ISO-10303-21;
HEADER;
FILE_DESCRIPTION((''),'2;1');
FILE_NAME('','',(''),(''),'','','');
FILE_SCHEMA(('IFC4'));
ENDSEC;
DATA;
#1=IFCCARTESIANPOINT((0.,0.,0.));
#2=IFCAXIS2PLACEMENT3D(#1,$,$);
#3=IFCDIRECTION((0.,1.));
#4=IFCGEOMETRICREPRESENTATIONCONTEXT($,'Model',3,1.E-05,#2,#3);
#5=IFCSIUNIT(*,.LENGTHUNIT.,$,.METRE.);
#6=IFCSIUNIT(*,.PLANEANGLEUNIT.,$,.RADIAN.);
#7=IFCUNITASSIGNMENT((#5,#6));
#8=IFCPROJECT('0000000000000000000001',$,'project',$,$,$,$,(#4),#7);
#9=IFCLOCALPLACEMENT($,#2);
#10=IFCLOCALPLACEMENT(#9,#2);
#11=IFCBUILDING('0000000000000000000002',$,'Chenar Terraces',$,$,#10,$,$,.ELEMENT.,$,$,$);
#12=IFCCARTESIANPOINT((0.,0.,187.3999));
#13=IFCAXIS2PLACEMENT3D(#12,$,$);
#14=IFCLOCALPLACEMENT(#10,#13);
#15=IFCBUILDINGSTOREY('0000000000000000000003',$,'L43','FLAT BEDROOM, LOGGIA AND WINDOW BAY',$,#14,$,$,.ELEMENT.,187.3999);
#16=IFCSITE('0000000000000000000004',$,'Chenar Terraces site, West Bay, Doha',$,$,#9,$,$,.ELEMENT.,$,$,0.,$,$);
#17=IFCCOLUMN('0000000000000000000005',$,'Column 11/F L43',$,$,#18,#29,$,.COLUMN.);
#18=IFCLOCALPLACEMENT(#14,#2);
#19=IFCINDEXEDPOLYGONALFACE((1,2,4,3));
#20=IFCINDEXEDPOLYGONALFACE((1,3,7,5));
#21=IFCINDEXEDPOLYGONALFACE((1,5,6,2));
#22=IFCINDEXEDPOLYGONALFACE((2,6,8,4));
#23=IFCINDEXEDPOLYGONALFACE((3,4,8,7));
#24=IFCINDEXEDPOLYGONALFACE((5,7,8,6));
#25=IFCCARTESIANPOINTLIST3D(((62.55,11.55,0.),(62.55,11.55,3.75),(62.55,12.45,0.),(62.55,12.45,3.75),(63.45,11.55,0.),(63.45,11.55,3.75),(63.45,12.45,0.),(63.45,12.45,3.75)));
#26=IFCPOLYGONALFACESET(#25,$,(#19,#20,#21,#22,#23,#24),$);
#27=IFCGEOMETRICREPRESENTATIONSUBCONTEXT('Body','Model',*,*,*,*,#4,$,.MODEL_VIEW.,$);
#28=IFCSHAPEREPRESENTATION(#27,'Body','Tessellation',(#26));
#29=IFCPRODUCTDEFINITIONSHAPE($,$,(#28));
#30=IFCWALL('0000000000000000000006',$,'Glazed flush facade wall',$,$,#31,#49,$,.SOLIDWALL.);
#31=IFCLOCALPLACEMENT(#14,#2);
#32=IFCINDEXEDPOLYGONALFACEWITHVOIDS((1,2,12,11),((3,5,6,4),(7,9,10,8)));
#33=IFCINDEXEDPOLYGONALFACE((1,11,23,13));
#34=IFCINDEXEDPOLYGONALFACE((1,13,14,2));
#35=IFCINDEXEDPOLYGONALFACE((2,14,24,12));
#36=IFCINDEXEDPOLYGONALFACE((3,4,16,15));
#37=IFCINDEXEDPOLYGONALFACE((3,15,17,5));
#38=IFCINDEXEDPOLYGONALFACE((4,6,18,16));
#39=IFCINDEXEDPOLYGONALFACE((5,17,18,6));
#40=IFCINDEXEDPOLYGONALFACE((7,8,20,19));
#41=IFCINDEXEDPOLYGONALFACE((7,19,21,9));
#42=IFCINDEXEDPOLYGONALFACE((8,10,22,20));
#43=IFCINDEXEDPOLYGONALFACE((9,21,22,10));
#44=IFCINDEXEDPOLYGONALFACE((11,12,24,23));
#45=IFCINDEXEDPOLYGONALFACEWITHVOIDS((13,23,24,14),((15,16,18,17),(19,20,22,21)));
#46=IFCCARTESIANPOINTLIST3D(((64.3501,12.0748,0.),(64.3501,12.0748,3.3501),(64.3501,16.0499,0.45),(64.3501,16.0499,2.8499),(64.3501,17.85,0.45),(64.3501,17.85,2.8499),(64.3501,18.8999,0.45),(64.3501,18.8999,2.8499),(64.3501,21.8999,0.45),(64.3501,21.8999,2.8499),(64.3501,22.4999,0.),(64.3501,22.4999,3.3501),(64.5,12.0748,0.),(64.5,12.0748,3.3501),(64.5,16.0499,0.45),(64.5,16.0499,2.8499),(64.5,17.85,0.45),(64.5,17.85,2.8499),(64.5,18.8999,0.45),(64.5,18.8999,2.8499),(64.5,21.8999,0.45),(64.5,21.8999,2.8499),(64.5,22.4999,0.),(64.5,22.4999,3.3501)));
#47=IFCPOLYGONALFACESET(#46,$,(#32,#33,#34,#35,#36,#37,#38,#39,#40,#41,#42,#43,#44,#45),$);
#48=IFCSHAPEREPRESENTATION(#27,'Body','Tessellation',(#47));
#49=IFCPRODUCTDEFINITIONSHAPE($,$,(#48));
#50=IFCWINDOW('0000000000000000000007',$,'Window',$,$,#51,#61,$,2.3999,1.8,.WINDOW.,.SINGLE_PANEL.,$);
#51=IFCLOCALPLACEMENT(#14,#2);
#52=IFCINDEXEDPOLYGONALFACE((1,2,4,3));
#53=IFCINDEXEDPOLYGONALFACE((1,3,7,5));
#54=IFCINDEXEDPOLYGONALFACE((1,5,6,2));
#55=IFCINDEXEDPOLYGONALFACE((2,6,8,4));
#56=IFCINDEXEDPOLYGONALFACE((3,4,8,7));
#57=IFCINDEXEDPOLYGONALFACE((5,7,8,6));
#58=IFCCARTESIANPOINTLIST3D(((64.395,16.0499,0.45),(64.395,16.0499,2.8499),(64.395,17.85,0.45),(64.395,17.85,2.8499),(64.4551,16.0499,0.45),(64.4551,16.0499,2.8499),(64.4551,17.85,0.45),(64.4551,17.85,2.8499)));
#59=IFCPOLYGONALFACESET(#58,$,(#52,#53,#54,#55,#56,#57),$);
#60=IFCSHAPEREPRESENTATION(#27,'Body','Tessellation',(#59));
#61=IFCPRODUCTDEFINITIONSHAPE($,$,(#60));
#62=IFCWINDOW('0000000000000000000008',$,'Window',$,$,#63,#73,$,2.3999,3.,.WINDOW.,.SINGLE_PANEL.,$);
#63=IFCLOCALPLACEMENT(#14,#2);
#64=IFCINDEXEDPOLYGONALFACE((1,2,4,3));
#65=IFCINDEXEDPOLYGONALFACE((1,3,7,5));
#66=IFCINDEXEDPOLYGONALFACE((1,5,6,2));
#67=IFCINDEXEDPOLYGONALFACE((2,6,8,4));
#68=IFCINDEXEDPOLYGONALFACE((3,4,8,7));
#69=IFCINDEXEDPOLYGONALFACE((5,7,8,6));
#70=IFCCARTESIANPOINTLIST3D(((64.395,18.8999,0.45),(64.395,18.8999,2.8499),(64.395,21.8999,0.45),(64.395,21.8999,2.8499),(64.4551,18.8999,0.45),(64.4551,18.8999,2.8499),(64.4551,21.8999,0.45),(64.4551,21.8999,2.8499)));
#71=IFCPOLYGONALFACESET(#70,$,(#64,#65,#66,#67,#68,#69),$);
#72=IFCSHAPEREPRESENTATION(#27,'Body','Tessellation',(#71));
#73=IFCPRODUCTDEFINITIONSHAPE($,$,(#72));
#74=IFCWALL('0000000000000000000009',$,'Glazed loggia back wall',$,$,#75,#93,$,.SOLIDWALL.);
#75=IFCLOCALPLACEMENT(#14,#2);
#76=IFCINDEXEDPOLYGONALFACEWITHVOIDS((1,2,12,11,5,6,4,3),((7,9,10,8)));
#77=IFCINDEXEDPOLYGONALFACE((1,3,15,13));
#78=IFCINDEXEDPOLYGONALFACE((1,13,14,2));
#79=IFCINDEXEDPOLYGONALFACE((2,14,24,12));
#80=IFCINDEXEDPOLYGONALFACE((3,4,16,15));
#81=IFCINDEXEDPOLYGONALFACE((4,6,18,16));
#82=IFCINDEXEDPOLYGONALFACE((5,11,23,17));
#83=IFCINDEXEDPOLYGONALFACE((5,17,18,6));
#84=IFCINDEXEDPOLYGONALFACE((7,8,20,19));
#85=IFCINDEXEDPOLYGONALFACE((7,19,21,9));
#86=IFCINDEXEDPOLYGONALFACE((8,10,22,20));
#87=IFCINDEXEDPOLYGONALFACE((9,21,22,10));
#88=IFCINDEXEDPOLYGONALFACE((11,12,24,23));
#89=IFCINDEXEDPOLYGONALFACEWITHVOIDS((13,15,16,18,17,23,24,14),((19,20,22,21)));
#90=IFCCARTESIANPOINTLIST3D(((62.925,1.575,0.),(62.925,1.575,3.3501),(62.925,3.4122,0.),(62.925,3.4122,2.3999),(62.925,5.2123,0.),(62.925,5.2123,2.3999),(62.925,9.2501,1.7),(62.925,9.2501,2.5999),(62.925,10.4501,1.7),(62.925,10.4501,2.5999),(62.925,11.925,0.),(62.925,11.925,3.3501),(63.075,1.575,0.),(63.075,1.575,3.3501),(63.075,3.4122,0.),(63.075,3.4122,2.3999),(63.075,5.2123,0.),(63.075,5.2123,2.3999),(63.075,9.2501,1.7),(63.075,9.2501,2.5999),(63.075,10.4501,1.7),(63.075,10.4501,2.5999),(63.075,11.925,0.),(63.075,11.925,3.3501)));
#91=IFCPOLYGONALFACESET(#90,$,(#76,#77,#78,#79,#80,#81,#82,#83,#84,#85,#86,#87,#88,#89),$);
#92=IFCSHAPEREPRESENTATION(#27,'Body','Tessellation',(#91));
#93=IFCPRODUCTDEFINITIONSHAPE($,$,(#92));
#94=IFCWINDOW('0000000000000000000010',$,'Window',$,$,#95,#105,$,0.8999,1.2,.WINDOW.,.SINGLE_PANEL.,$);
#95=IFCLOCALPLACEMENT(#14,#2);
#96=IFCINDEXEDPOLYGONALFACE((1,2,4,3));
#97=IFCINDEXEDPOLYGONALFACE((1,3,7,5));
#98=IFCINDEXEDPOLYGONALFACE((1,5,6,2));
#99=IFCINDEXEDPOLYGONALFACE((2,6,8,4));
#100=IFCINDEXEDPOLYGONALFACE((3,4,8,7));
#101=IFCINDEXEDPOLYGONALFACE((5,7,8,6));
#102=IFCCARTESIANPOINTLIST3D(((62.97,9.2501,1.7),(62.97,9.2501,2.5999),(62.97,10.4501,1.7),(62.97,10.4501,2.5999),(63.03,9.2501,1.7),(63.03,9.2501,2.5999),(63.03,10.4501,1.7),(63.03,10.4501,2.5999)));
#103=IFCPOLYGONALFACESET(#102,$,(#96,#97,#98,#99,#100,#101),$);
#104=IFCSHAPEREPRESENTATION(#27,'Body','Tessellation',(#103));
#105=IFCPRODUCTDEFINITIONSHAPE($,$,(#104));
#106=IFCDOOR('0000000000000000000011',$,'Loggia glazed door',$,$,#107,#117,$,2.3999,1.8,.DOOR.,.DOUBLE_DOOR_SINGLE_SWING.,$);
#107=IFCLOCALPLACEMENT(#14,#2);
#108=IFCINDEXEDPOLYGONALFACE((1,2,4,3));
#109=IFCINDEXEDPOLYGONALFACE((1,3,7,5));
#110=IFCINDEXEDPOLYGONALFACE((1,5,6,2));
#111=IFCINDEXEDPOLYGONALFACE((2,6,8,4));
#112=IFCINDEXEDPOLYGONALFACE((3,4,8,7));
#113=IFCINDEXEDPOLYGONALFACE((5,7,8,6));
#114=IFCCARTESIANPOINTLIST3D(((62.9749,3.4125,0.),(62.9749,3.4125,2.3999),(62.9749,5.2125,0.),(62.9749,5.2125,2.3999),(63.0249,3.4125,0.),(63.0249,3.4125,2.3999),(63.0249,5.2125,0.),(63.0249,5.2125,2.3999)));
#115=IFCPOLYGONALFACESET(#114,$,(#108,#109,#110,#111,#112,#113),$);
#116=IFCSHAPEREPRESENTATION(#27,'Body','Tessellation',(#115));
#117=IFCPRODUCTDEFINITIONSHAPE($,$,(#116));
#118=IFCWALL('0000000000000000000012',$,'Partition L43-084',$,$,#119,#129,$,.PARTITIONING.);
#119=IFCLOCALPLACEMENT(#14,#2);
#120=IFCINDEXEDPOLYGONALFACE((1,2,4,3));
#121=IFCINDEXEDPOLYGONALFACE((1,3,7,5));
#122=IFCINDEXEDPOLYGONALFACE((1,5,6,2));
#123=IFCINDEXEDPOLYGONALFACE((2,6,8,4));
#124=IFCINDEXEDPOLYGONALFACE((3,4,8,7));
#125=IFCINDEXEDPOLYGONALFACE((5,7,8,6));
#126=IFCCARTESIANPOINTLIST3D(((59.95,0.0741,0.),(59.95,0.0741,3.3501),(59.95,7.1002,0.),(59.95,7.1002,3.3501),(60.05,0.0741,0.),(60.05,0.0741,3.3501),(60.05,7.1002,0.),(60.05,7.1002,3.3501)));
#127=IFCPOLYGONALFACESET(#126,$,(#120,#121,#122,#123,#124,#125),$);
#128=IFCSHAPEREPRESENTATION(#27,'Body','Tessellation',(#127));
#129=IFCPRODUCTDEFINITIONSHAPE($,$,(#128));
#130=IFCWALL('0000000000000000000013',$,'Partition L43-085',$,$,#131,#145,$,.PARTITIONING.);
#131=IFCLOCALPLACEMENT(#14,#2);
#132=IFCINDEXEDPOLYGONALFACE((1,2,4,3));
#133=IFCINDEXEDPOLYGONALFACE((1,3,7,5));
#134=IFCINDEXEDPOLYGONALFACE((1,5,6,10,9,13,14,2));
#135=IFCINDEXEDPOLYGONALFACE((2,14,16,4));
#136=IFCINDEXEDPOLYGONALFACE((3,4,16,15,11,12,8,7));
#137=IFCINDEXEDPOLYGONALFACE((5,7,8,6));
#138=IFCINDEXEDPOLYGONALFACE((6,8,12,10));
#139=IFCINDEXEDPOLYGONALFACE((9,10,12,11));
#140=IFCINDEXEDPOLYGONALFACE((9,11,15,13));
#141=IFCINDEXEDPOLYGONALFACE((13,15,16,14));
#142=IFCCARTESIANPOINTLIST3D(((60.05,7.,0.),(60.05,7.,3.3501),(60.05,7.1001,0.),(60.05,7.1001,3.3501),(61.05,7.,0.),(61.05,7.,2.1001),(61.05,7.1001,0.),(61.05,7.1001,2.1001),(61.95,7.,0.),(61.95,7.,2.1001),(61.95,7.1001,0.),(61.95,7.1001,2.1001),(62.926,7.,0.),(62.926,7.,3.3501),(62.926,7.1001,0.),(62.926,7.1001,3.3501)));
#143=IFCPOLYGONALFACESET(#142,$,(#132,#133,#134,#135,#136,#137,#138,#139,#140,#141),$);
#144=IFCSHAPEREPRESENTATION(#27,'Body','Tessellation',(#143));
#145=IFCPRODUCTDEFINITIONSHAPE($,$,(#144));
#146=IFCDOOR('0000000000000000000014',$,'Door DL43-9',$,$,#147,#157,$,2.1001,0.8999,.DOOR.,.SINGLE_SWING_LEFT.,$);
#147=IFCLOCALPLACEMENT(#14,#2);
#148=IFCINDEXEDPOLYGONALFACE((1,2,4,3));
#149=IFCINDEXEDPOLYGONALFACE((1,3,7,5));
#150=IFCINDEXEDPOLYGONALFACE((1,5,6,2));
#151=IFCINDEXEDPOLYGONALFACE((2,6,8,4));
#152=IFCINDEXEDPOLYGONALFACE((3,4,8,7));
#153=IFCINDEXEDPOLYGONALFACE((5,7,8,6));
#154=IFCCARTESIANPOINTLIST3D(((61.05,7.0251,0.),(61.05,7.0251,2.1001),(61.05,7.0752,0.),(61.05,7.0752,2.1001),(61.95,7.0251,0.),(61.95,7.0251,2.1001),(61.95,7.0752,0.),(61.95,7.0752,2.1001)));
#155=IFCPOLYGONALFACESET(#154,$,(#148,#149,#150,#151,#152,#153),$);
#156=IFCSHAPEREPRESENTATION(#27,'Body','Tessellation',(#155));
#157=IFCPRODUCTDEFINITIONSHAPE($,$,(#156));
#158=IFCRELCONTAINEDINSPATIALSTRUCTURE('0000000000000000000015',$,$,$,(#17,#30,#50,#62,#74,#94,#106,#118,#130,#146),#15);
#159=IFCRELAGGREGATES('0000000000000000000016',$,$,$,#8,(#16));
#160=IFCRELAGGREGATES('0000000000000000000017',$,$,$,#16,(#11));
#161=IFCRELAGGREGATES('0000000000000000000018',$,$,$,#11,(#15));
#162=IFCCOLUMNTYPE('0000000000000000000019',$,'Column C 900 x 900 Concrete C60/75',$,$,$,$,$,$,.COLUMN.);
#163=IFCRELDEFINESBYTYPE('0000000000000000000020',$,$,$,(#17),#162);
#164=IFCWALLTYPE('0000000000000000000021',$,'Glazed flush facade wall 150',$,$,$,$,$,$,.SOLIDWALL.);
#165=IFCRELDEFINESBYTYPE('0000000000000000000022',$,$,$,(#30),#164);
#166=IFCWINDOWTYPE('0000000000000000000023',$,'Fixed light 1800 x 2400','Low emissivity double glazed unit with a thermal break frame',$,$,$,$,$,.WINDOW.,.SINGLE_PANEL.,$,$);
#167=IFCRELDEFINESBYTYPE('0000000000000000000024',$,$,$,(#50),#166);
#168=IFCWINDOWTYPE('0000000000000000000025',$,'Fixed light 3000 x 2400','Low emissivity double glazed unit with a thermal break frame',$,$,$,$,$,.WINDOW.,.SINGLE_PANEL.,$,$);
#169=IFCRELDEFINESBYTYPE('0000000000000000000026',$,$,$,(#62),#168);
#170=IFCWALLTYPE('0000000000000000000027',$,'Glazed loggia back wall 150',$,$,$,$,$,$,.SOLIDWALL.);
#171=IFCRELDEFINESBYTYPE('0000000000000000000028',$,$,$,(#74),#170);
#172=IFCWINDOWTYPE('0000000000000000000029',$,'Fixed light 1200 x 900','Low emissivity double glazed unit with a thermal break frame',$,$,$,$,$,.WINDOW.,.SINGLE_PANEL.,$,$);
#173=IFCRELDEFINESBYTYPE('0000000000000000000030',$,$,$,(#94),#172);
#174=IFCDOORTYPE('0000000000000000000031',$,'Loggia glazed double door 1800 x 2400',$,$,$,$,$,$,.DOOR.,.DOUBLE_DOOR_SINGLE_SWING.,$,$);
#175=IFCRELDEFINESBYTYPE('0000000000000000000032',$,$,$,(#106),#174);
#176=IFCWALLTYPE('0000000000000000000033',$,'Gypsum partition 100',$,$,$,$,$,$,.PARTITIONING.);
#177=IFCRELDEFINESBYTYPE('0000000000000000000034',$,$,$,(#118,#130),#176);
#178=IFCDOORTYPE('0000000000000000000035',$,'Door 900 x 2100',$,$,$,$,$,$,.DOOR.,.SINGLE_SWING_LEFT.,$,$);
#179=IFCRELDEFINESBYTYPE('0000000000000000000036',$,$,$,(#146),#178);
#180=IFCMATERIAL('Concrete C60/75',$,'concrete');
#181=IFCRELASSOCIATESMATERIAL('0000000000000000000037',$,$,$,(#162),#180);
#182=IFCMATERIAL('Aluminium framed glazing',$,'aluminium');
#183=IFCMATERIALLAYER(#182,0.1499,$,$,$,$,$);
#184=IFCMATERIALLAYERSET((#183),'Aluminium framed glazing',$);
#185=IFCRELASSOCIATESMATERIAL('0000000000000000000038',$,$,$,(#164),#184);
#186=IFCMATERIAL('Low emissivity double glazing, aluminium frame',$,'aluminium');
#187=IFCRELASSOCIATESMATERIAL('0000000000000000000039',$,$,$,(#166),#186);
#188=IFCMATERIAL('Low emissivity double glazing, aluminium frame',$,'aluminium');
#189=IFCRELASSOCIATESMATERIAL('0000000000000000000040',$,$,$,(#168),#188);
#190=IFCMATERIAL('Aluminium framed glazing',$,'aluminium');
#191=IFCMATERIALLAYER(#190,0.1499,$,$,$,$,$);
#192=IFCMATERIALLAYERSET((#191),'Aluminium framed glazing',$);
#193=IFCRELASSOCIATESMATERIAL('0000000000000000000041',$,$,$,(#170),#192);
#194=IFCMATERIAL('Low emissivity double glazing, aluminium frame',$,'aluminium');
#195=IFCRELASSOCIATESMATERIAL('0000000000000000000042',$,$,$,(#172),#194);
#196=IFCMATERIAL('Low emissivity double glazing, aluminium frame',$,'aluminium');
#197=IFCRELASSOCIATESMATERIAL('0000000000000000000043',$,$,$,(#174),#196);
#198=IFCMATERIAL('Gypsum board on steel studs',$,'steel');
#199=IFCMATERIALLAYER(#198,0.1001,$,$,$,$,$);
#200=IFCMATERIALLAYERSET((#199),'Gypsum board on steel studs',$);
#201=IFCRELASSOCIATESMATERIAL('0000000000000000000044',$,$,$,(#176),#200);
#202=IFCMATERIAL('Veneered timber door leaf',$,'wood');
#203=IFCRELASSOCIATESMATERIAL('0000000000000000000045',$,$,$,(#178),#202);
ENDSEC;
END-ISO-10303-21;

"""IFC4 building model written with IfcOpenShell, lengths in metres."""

from ifc_helpers import new_model, si_unit, direction, frame, frame_2d, origin, origin_2d, place, context, subcontext, project, spatial, rectangle, extrude, material, layer, layer_set, material_profile, profile_set, type_object, element, fill, save


model = new_model("IFC4")

# Units and contexts
model_context = context("Model", 3, precision=1e-05, world=origin(), true_north=direction((0.0, 1.0)))
body_context = subcontext(model_context, "Body", "Model", "MODEL_VIEW")
ifc_project = project(units=[si_unit("LENGTHUNIT", "METRE"), si_unit("PLANEANGLEUNIT", "RADIAN")], contexts=[model_context])

# Site, building, storey
site_placement = place(None, origin())
site = spatial("IfcSite", under=ifc_project, at=site_placement, Name="Chenar Terraces site, West Bay, Doha", CompositionType="ELEMENT", RefElevation=0.0)
building_placement = place(site_placement, origin())
building = spatial("IfcBuilding", under=site, at=building_placement, Name="Chenar Terraces", CompositionType="ELEMENT")
storey_placement = place(building_placement, frame((0.0, 0.0, 187.3999)))
storey = spatial("IfcBuildingStorey", under=building, at=storey_placement, Name="L43", Description="FLAT BEDROOM, LOGGIA AND WINDOW BAY", CompositionType="ELEMENT", Elevation=187.3999)

# Column
ifc_material_1 = material(Name="Concrete C60/75", Category="concrete")
ifc_material_profile_1 = material_profile(ifc_material_1, rectangle(XDim=0.8999, YDim=0.8999, at=origin_2d()), Name="C 900 x 900")
ifc_profile_set_1 = profile_set([ifc_material_profile_1], Name="Concrete C60/75")
column_type = type_object("IfcColumnType", Name="Column C 900 x 900 Concrete C60/75", PredefinedType="COLUMN", material=ifc_profile_set_1)
column_placement = place(storey_placement, frame((63.0, 12.0, 0.0), z_axis=(0.0, 0.0, 1.0), x_axis=(1.0, 0.0, 0.0)))
element("IfcColumn", 1, at=column_placement, inside=storey, type_object=column_type, Name="Column 11/F L43", PredefinedType="COLUMN", context=body_context, shape_type="SweptSolid", body=[
    extrude(rectangle(XDim=0.8999, YDim=0.8999, at=origin_2d()), origin(), (0.0, 0.0, 1.0), 3.75),
])

# Wall, openings, windows
ifc_material_2 = material(Name="Aluminium framed glazing", Category="aluminium")
ifc_layer_1 = layer(ifc_material_2, 0.1499)
ifc_layer_set_1 = layer_set([ifc_layer_1], Name="Aluminium framed glazing")
wall_type_1 = type_object("IfcWallType", Name="Glazed flush facade wall 150", PredefinedType="SOLIDWALL", material=ifc_layer_set_1)
wall_1_placement = place(storey_placement, frame((64.425, 12.075, 0.0), z_axis=(0.0, 0.0, 1.0), x_axis=(0.0, 1.0, 0.0)))
wall_1 = element("IfcWall", 2, at=wall_1_placement, inside=storey, type_object=wall_type_1, Name="Glazed flush facade wall", PredefinedType="SOLIDWALL", context=body_context, shape_type="SweptSolid", body=[
    extrude(rectangle(XDim=10.425, YDim=0.1499, at=frame_2d((5.2124, 0.0))), origin(), (0.0, 0.0, 1.0), 3.3501),
])
opening_1_placement = place(wall_1_placement, frame((3.9751, 0.0, 0.45)))
opening_1 = element("IfcOpeningElement", 3, at=opening_1_placement, cuts=wall_1, PredefinedType="OPENING", context=body_context, shape_type="SweptSolid", body=[
    extrude(rectangle(XDim=1.8, YDim=2.3999, at=frame_2d((0.8999, 1.2))), frame((0.0, 0.085, 0.0), z_axis=(0.0, -1.0, 0.0), x_axis=(1.0, 0.0, 0.0)), (0.0, 0.0, 1.0), 0.1699),
])
opening_2_placement = place(wall_1_placement, frame((6.825, 0.0, 0.45)))
opening_2 = element("IfcOpeningElement", 4, at=opening_2_placement, cuts=wall_1, PredefinedType="OPENING", context=body_context, shape_type="SweptSolid", body=[
    extrude(rectangle(XDim=3.0, YDim=2.3999, at=frame_2d((1.5, 1.2))), frame((0.0, 0.085, 0.0), z_axis=(0.0, -1.0, 0.0), x_axis=(1.0, 0.0, 0.0)), (0.0, 0.0, 1.0), 0.1699),
])
ifc_material_3 = material(Name="Low emissivity double glazing, aluminium frame", Category="aluminium")
window_type_1 = type_object("IfcWindowType", Name="Fixed light 1800 x 2400", Description="Low emissivity double glazed unit with a thermal break frame", PartitioningType="SINGLE_PANEL", PredefinedType="WINDOW", material=ifc_material_3)
window_1_placement = place(opening_1_placement, origin())
window_1 = element("IfcWindow", 5, at=window_1_placement, inside=storey, type_object=window_type_1, Name="Window", OverallHeight=2.3999, OverallWidth=1.8, PartitioningType="SINGLE_PANEL", PredefinedType="WINDOW", context=body_context, shape_type="SweptSolid", body=[
    extrude(rectangle(XDim=1.8, YDim=2.3999, at=frame_2d((0.8999, 1.2))), frame((0.0, 0.03, 0.0), z_axis=(0.0, -1.0, 0.0), x_axis=(1.0, 0.0, 0.0)), (0.0, 0.0, 1.0), 0.0601),
])
fill(opening_1, window_1)
ifc_material_4 = material(Name="Low emissivity double glazing, aluminium frame", Category="aluminium")
window_type_2 = type_object("IfcWindowType", Name="Fixed light 3000 x 2400", Description="Low emissivity double glazed unit with a thermal break frame", PartitioningType="SINGLE_PANEL", PredefinedType="WINDOW", material=ifc_material_4)
window_2_placement = place(opening_2_placement, origin())
window_2 = element("IfcWindow", 6, at=window_2_placement, inside=storey, type_object=window_type_2, Name="Window", OverallHeight=2.3999, OverallWidth=3.0, PartitioningType="SINGLE_PANEL", PredefinedType="WINDOW", context=body_context, shape_type="SweptSolid", body=[
    extrude(rectangle(XDim=3.0, YDim=2.3999, at=frame_2d((1.5, 1.2))), frame((0.0, 0.03, 0.0), z_axis=(0.0, -1.0, 0.0), x_axis=(1.0, 0.0, 0.0)), (0.0, 0.0, 1.0), 0.0601),
])
fill(opening_2, window_2)

# Wall, openings, window, door
ifc_material_5 = material(Name="Aluminium framed glazing", Category="aluminium")
ifc_layer_2 = layer(ifc_material_5, 0.1499)
ifc_layer_set_2 = layer_set([ifc_layer_2], Name="Aluminium framed glazing")
wall_type_2 = type_object("IfcWallType", Name="Glazed loggia back wall 150", PredefinedType="SOLIDWALL", material=ifc_layer_set_2)
wall_2_placement = place(storey_placement, frame((63.0, 1.575, 0.0), z_axis=(0.0, 0.0, 1.0), x_axis=(0.0, 1.0, 0.0)))
wall_2 = element("IfcWall", 7, at=wall_2_placement, inside=storey, type_object=wall_type_2, Name="Glazed loggia back wall", PredefinedType="SOLIDWALL", context=body_context, shape_type="SweptSolid", body=[
    extrude(rectangle(XDim=10.3501, YDim=0.1499, at=frame_2d((5.175, 0.0))), origin(), (0.0, 0.0, 1.0), 3.3501),
])
opening_3_placement = place(wall_2_placement, frame((1.8374, 0.0, 0.0)))
opening_3 = element("IfcOpeningElement", 8, at=opening_3_placement, cuts=wall_2, PredefinedType="OPENING", context=body_context, shape_type="SweptSolid", body=[
    extrude(rectangle(XDim=1.8, YDim=2.3999, at=frame_2d((0.8999, 1.2))), frame((0.0, 0.085, 0.0), z_axis=(0.0, -1.0, 0.0), x_axis=(1.0, 0.0, 0.0)), (0.0, 0.0, 1.0), 0.1699),
])
opening_4_placement = place(wall_2_placement, frame((7.675, 0.0, 1.7)))
opening_4 = element("IfcOpeningElement", 9, at=opening_4_placement, cuts=wall_2, PredefinedType="OPENING", context=body_context, shape_type="SweptSolid", body=[
    extrude(rectangle(XDim=1.2, YDim=0.8999, at=frame_2d((0.6001, 0.45))), frame((0.0, 0.085, 0.0), z_axis=(0.0, -1.0, 0.0), x_axis=(1.0, 0.0, 0.0)), (0.0, 0.0, 1.0), 0.1699),
])
ifc_material_6 = material(Name="Low emissivity double glazing, aluminium frame", Category="aluminium")
window_type_3 = type_object("IfcWindowType", Name="Fixed light 1200 x 900", Description="Low emissivity double glazed unit with a thermal break frame", PartitioningType="SINGLE_PANEL", PredefinedType="WINDOW", material=ifc_material_6)
window_3_placement = place(opening_4_placement, origin())
window_3 = element("IfcWindow", 10, at=window_3_placement, inside=storey, type_object=window_type_3, Name="Window", OverallHeight=0.8999, OverallWidth=1.2, PartitioningType="SINGLE_PANEL", PredefinedType="WINDOW", context=body_context, shape_type="SweptSolid", body=[
    extrude(rectangle(XDim=1.2, YDim=0.8999, at=frame_2d((0.6001, 0.45))), frame((0.0, 0.03, 0.0), z_axis=(0.0, -1.0, 0.0), x_axis=(1.0, 0.0, 0.0)), (0.0, 0.0, 1.0), 0.0601),
])
fill(opening_4, window_3)
ifc_material_7 = material(Name="Low emissivity double glazing, aluminium frame", Category="aluminium")
door_type_1 = type_object("IfcDoorType", Name="Loggia glazed double door 1800 x 2400", OperationType="DOUBLE_DOOR_SINGLE_SWING", PredefinedType="DOOR", material=ifc_material_7)
door_1_placement = place(opening_3_placement, frame((1.8, 0.0, 0.0), z_axis=(0.0, 0.0, 1.0), x_axis=(-1.0, 0.0, 0.0)))
door_1 = element("IfcDoor", 11, at=door_1_placement, inside=storey, type_object=door_type_1, Name="Loggia glazed door", OperationType="DOUBLE_DOOR_SINGLE_SWING", OverallHeight=2.3999, OverallWidth=1.8, PredefinedType="DOOR", context=body_context, shape_type="SweptSolid", body=[
    extrude(rectangle(XDim=1.8, YDim=2.3999, at=frame_2d((0.8999, 1.2))), frame((0.0, 0.0249, 0.0), z_axis=(0.0, -1.0, 0.0), x_axis=(1.0, 0.0, 0.0)), (0.0, 0.0, 1.0), 0.05),
])
fill(opening_3, door_1)

# Wall
ifc_material_8 = material(Name="Gypsum board on steel studs", Category="steel")
ifc_layer_3 = layer(ifc_material_8, 0.1001)
ifc_layer_set_3 = layer_set([ifc_layer_3], Name="Gypsum board on steel studs")
wall_type_3 = type_object("IfcWallType", Name="Gypsum partition 100", PredefinedType="PARTITIONING", material=ifc_layer_set_3)
wall_3_placement = place(storey_placement, frame((60.0, 0.074, 0.0), z_axis=(0.0, 0.0, 1.0), x_axis=(0.0, 1.0, 0.0)))
element("IfcWall", 12, at=wall_3_placement, inside=storey, type_object=wall_type_3, Name="Partition L43-084", PredefinedType="PARTITIONING", context=body_context, shape_type="SweptSolid", body=[
    extrude(rectangle(XDim=7.0261, YDim=0.1001, at=frame_2d((3.5132, 0.0))), origin(), (0.0, 0.0, 1.0), 3.3501),
])

# Wall, opening, door
wall_4_placement = place(storey_placement, frame((60.05, 7.05, 0.0), z_axis=(0.0, 0.0, 1.0), x_axis=(1.0, 0.0, 0.0)))
wall_4 = element("IfcWall", 13, at=wall_4_placement, inside=storey, type_object=wall_type_3, Name="Partition L43-085", PredefinedType="PARTITIONING", context=body_context, shape_type="SweptSolid", body=[
    extrude(rectangle(XDim=2.876, YDim=0.1001, at=frame_2d((1.438, 0.0))), origin(), (0.0, 0.0, 1.0), 3.3501),
])
opening_5_placement = place(wall_4_placement, frame((1.0, 0.0, 0.0)))
opening_5 = element("IfcOpeningElement", 14, at=opening_5_placement, cuts=wall_4, PredefinedType="OPENING", context=body_context, shape_type="SweptSolid", body=[
    extrude(rectangle(XDim=0.8999, YDim=2.1001, at=frame_2d((0.45, 1.05))), frame((0.0, 0.0601, 0.0), z_axis=(0.0, -1.0, 0.0), x_axis=(1.0, 0.0, 0.0)), (0.0, 0.0, 1.0), 0.1201),
])
ifc_material_9 = material(Name="Veneered timber door leaf", Category="wood")
door_type_2 = type_object("IfcDoorType", Name="Door 900 x 2100", OperationType="SINGLE_SWING_LEFT", PredefinedType="DOOR", material=ifc_material_9)
door_2_placement = place(opening_5_placement, frame((0.8999, 0.0, 0.0), z_axis=(0.0, 0.0, 1.0), x_axis=(-1.0, 0.0, 0.0)))
door_2 = element("IfcDoor", 15, at=door_2_placement, inside=storey, type_object=door_type_2, Name="Door DL43-9", OperationType="SINGLE_SWING_LEFT", OverallHeight=2.1001, OverallWidth=0.8999, PredefinedType="DOOR", context=body_context, shape_type="SweptSolid", body=[
    extrude(rectangle(XDim=0.8999, YDim=2.1001, at=frame_2d((0.45, 1.05))), frame((0.0, 0.0249, 0.0), z_axis=(0.0, -1.0, 0.0), x_axis=(1.0, 0.0, 0.0)), (0.0, 0.0, 1.0), 0.05),
])
fill(opening_5, door_2)

save(model, "model.ifc")
